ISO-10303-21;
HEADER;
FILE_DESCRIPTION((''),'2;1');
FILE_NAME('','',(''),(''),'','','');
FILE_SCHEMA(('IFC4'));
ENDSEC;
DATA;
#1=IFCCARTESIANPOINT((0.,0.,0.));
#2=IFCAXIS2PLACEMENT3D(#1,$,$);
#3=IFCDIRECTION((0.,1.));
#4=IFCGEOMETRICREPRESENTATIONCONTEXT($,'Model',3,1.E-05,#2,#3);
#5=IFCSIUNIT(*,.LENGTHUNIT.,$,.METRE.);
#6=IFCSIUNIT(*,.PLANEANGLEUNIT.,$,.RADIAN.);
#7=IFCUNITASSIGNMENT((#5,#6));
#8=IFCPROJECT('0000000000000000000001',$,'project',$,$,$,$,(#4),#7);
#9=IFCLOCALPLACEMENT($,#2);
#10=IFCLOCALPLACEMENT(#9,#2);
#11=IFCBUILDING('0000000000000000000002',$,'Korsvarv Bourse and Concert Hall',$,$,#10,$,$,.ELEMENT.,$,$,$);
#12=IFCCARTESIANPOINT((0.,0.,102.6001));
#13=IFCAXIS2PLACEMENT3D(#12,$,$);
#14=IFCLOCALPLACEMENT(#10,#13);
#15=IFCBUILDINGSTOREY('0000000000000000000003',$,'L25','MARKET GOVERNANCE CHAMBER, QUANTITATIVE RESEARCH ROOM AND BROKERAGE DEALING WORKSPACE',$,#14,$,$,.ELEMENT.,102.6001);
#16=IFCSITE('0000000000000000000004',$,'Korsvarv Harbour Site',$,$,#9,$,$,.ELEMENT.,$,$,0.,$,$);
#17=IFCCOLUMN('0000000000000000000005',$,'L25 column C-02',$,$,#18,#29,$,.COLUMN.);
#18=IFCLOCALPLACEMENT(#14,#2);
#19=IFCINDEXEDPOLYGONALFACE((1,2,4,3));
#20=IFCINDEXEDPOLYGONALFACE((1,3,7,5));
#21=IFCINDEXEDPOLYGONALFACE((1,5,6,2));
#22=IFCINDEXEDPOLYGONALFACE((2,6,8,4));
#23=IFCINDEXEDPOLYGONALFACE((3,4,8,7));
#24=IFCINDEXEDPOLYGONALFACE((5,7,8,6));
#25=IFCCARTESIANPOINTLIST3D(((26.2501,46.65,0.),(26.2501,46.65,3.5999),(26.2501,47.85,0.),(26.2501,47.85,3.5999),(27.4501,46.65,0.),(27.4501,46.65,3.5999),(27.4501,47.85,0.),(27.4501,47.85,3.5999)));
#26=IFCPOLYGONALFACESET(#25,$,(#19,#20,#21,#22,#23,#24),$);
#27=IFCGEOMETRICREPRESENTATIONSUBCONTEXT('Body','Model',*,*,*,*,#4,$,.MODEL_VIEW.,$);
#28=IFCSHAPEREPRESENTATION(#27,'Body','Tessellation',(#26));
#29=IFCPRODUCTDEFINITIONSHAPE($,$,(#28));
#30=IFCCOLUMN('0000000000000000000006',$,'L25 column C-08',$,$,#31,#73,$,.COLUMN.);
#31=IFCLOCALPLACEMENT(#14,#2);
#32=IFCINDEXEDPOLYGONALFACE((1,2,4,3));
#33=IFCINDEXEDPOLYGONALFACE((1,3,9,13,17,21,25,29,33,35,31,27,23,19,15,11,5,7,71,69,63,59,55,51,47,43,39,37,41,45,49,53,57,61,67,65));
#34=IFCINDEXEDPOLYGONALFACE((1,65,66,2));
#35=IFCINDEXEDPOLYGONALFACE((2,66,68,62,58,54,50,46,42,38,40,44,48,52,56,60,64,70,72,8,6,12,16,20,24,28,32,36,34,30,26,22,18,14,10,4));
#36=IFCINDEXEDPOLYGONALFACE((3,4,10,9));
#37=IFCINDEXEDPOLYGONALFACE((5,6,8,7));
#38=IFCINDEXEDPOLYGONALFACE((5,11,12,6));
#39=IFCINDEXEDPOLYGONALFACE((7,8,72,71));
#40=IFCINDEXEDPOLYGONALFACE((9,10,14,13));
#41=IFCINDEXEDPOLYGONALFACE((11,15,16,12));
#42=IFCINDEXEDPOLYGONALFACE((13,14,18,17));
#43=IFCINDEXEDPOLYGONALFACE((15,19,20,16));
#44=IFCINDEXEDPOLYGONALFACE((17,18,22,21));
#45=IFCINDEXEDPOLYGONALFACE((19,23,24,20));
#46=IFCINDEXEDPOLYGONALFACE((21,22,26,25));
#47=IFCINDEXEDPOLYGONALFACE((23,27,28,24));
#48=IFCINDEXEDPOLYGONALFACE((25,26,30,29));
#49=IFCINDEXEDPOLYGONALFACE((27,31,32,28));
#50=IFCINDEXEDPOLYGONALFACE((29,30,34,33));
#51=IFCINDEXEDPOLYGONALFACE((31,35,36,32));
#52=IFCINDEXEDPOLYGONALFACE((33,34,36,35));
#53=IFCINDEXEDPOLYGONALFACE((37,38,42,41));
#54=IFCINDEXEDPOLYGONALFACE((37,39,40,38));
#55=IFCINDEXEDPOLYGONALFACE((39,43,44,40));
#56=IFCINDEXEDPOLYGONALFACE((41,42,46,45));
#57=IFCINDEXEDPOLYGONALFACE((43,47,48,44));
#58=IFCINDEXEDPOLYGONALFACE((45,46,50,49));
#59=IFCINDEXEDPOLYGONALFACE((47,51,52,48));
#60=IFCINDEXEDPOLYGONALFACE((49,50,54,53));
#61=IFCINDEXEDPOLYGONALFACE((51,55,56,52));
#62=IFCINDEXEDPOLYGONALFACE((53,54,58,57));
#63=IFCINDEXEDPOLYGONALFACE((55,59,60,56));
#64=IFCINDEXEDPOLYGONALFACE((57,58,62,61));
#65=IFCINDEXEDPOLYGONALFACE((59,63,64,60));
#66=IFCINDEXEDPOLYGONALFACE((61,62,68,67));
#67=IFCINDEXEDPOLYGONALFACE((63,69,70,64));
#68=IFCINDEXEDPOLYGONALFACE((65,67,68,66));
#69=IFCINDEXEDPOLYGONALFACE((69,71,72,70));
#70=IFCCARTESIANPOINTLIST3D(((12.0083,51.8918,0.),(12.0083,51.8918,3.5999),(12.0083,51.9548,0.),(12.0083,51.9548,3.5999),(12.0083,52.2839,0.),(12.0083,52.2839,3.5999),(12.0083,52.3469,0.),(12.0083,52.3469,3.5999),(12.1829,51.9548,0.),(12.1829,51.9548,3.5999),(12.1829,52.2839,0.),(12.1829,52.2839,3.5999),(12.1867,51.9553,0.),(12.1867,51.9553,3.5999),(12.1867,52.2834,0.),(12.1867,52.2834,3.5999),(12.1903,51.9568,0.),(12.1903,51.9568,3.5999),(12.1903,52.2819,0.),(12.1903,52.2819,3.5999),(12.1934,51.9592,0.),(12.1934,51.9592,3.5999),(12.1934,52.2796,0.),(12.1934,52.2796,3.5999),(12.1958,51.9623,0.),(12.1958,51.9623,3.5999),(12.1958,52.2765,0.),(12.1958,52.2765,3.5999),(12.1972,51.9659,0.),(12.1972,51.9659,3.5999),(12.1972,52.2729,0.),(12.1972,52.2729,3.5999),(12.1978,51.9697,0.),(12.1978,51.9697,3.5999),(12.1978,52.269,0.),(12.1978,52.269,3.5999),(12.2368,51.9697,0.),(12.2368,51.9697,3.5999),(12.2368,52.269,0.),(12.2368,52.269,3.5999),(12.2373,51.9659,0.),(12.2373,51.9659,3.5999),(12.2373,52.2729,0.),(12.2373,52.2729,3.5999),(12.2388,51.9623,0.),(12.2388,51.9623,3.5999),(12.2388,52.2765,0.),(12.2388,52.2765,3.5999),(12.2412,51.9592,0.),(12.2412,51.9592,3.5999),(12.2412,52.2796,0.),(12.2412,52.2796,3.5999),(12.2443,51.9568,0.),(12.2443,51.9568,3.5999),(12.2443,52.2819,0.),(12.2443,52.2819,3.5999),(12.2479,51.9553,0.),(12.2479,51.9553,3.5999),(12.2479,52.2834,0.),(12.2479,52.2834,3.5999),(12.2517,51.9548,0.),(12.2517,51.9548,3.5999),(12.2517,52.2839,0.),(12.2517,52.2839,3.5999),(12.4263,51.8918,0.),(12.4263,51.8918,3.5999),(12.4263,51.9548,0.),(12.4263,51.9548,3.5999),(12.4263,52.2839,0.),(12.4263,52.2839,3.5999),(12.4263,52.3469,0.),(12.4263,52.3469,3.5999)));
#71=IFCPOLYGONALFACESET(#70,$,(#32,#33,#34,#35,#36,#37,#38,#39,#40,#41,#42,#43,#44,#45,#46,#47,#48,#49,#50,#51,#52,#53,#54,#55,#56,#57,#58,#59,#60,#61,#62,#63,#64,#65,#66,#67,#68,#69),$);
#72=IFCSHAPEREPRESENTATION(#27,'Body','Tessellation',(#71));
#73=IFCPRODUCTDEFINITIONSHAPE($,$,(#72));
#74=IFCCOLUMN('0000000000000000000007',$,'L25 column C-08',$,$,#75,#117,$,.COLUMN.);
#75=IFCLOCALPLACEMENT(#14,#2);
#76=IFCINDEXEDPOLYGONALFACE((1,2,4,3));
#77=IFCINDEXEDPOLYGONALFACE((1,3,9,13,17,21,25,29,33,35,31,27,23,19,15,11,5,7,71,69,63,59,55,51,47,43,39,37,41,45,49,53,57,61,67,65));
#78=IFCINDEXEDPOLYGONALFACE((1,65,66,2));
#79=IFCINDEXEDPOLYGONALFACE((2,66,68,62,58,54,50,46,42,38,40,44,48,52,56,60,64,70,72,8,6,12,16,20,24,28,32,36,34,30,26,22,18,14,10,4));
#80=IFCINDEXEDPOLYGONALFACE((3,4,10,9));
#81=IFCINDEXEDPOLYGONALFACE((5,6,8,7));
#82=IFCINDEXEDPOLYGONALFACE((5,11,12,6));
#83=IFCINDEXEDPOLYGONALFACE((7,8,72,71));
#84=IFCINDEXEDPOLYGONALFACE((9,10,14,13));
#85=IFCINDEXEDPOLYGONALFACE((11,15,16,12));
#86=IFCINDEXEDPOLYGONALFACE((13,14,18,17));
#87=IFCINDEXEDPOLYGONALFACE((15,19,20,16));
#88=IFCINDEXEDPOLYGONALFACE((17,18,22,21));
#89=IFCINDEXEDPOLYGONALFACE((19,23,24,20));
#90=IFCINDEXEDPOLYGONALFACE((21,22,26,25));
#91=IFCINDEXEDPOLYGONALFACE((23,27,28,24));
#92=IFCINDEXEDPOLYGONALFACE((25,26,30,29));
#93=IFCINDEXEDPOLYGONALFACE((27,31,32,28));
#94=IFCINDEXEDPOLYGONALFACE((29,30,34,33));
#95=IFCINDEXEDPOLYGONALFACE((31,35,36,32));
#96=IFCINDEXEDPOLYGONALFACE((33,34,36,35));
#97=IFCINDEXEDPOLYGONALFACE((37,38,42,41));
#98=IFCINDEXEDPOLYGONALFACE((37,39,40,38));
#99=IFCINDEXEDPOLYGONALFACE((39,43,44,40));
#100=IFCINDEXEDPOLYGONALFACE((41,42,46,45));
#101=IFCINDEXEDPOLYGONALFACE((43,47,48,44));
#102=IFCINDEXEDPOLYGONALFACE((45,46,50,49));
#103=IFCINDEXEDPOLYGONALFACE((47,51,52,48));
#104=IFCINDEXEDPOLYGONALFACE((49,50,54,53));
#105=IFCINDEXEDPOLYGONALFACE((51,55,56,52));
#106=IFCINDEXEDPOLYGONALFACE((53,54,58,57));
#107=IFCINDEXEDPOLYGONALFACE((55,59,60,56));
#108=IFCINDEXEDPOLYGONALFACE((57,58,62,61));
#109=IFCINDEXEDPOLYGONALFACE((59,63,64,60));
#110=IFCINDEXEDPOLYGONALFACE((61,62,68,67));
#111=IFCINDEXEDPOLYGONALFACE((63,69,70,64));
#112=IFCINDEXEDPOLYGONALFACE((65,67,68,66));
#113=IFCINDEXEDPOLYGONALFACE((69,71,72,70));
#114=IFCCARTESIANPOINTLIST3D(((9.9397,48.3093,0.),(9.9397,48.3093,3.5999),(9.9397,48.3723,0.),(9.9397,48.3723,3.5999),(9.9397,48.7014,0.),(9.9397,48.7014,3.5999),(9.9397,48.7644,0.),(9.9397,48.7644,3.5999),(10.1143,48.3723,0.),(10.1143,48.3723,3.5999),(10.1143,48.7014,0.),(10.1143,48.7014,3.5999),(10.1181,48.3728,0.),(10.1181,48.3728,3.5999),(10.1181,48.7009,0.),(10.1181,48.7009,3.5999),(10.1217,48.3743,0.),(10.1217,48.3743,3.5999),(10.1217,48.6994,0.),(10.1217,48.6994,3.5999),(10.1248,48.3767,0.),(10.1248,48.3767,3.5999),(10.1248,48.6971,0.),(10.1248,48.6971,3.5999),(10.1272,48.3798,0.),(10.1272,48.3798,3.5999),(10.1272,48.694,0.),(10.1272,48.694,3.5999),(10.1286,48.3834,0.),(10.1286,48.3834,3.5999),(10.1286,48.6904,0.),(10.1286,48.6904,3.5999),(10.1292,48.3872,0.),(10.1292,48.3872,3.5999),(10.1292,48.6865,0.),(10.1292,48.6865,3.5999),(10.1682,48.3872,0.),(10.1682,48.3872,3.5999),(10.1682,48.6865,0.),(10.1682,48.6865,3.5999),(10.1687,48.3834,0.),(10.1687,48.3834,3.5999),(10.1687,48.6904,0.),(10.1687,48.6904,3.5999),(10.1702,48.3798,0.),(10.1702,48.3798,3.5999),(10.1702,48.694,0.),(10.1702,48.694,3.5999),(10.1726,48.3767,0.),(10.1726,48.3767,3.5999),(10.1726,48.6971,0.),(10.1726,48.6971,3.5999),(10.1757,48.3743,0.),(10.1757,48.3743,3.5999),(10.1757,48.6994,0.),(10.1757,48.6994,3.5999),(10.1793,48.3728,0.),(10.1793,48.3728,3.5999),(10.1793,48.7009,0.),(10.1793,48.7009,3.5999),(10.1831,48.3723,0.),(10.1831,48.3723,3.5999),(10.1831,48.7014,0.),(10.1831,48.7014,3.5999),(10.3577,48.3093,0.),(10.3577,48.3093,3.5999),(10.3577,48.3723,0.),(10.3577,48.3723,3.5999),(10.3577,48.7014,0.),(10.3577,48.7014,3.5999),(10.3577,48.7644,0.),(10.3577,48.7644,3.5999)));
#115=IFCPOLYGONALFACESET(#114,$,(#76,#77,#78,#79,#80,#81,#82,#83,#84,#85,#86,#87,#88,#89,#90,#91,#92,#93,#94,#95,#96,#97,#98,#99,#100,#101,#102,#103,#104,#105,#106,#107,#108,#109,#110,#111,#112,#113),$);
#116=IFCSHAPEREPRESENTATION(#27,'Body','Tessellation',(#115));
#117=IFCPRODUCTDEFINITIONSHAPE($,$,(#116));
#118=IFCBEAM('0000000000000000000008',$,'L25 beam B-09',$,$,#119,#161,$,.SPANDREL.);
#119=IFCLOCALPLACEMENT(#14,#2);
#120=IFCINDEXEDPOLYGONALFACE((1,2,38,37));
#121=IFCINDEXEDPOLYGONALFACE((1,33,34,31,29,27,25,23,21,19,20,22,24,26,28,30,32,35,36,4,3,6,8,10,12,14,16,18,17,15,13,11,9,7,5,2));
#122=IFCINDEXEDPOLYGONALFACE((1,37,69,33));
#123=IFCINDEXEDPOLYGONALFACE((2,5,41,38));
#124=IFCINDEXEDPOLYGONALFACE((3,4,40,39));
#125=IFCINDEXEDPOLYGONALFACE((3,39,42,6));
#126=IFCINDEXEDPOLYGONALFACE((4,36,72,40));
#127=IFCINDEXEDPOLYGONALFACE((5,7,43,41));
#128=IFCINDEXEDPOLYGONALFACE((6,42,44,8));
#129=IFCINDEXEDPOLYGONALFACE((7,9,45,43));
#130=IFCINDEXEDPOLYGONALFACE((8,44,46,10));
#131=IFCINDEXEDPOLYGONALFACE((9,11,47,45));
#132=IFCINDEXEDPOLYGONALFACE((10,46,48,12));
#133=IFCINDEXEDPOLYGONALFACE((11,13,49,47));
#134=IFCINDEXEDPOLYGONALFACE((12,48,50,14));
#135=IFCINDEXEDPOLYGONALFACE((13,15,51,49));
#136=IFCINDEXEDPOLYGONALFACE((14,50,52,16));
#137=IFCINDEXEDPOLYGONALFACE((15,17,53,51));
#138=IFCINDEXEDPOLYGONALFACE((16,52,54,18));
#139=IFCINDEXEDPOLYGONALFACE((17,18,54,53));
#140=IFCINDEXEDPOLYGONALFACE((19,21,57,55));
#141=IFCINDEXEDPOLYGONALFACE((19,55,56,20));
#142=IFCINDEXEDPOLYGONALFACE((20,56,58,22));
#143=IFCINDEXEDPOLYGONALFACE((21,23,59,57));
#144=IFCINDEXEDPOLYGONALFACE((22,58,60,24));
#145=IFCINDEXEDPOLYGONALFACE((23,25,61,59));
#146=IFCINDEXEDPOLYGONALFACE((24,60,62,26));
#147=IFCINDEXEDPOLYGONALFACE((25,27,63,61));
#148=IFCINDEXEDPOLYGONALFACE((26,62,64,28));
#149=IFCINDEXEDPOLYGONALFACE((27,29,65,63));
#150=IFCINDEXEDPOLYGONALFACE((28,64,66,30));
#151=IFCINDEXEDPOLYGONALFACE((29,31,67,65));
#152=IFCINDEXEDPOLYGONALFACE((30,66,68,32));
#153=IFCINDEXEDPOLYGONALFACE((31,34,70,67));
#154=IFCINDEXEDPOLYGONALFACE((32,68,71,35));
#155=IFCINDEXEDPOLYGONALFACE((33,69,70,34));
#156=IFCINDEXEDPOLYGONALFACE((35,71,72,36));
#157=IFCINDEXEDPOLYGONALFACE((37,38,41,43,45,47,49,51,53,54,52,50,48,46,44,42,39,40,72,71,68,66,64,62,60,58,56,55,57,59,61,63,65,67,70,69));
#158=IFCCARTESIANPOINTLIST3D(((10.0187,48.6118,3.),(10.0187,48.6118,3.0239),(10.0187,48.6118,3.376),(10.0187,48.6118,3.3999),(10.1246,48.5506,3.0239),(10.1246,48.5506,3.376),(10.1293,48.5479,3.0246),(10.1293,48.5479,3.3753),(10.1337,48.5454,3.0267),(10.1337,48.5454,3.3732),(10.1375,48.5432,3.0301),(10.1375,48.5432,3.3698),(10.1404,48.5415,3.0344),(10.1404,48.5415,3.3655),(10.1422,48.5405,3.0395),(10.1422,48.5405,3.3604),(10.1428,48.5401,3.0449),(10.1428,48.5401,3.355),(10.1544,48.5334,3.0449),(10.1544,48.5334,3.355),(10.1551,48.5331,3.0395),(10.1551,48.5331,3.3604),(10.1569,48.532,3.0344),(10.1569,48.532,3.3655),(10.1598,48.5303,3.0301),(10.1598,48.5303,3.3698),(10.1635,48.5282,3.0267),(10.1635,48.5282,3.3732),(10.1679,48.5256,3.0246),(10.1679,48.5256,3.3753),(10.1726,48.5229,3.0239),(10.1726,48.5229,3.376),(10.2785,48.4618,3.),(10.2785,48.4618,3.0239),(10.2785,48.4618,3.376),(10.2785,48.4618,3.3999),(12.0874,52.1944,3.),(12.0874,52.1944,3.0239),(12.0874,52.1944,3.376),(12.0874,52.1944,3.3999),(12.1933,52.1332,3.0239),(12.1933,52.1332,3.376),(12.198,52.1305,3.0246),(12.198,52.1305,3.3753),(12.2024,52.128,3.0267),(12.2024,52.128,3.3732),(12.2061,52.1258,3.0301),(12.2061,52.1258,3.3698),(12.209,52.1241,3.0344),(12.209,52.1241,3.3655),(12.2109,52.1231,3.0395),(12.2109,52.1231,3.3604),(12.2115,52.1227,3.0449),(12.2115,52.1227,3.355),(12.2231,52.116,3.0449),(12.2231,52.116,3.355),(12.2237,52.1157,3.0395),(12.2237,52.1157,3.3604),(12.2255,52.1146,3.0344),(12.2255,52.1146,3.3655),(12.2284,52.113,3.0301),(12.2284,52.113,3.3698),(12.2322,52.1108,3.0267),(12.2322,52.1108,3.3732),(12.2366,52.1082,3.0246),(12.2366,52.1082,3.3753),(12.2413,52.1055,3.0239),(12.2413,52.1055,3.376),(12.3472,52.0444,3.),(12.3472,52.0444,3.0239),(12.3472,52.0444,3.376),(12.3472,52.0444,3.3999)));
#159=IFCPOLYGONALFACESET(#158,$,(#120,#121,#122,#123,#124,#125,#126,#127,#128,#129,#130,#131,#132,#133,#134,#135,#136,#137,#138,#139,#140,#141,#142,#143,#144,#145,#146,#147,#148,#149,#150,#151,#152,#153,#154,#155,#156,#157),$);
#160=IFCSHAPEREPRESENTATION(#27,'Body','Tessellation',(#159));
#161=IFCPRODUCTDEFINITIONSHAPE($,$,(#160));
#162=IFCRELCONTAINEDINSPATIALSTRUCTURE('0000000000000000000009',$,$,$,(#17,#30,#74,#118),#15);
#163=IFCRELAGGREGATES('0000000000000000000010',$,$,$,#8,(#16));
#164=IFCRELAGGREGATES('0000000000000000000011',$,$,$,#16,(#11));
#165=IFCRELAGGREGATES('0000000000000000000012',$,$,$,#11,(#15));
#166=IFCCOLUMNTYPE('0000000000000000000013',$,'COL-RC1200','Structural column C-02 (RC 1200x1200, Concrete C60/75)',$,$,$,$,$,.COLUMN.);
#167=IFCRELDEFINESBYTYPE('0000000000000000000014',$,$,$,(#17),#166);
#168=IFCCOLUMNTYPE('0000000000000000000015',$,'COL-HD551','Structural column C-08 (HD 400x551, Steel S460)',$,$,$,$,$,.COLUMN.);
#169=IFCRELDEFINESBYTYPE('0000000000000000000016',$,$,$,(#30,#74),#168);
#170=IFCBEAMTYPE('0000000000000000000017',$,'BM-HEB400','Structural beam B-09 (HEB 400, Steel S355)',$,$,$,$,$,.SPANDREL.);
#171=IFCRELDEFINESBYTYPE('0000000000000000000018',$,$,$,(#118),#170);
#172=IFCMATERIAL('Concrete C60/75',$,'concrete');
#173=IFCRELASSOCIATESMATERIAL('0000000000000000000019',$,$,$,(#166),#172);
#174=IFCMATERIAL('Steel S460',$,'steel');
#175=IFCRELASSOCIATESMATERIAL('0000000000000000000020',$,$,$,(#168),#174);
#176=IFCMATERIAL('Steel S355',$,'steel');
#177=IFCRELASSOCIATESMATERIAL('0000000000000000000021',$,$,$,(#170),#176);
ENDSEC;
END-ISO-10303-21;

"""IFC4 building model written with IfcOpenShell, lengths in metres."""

from ifc_helpers import new_model, si_unit, direction, frame, origin, origin_2d, place, context, subcontext, project, spatial, rectangle, i_section, extrude, source, transform, mapped, material, material_profile, profile_set, type_object, element, save


model = new_model("IFC4")

# Units and contexts
model_context = context("Model", 3, precision=1e-05, world=origin(), true_north=direction((0.0, 1.0)))
body_context = subcontext(model_context, "Body", "Model", "MODEL_VIEW")
ifc_project = project(units=[si_unit("LENGTHUNIT", "METRE"), si_unit("PLANEANGLEUNIT", "RADIAN")], contexts=[model_context])

# Site, building, storey
site_placement = place(None, origin())
site = spatial("IfcSite", under=ifc_project, at=site_placement, Name="Korsvarv Harbour Site", CompositionType="ELEMENT", RefElevation=0.0)
building_placement = place(site_placement, origin())
building = spatial("IfcBuilding", under=site, at=building_placement, Name="Korsvarv Bourse and Concert Hall", CompositionType="ELEMENT")
storey_placement = place(building_placement, frame((0.0, 0.0, 102.6001)))
storey = spatial("IfcBuildingStorey", under=building, at=storey_placement, Name="L25", Description="MARKET GOVERNANCE CHAMBER, QUANTITATIVE RESEARCH ROOM AND BROKERAGE DEALING WORKSPACE", CompositionType="ELEMENT", Elevation=102.6001)

# Columns
ifc_material_1 = material(Name="Concrete C60/75", Category="concrete")
ifc_material_profile_1 = material_profile(ifc_material_1, rectangle(XDim=1.2, YDim=1.2, at=origin_2d()), Name="RC 1200x1200")
ifc_profile_set_1 = profile_set([ifc_material_profile_1], Name="Concrete C60/75")
column_type_1 = type_object("IfcColumnType", Name="COL-RC1200", Description="Structural column C-02 (RC 1200x1200, Concrete C60/75)", PredefinedType="COLUMN", material=ifc_profile_set_1)
shared_shape_1 = source(origin(), body_context, "Body", "SweptSolid", [
    extrude(rectangle(XDim=1.2, YDim=1.2, at=origin_2d()), origin(), (0.0, 0.0, 1.0), 3.5999),
])
column_placement = place(storey_placement, frame((26.8501, 47.25, 0.0), z_axis=(0.0, 0.0, 1.0), x_axis=(1.0, 0.0, 0.0)))
element("IfcColumn", 1, at=column_placement, inside=storey, type_object=column_type_1, Name="L25 column C-02", PredefinedType="COLUMN", context=body_context, shape_type="MappedRepresentation", body=[
    mapped(shared_shape_1, transform((0.0, 0.0, 0.0), scale=1.0)),
])
ifc_material_2 = material(Name="Steel S460", Category="steel")
ifc_material_profile_2 = material_profile(ifc_material_2, i_section(OverallWidth=0.418, OverallDepth=0.4551, WebThickness=0.0391, FlangeThickness=0.063, FilletRadius=0.0149, at=origin_2d()), Name="HD 400x551")
ifc_profile_set_2 = profile_set([ifc_material_profile_2], Name="Steel S460")
column_type_2 = type_object("IfcColumnType", Name="COL-HD551", Description="Structural column C-08 (HD 400x551, Steel S460)", PredefinedType="COLUMN", material=ifc_profile_set_2)
shared_shape_2 = source(origin(), body_context, "Body", "SweptSolid", [
    extrude(i_section(OverallWidth=0.418, OverallDepth=0.4551, WebThickness=0.0391, FlangeThickness=0.063, FilletRadius=0.0149, at=origin_2d()), origin(), (0.0, 0.0, 1.0), 3.5999),
])
for number, where, z_axis, x_axis, name in (
    (2, (12.2173, 52.1194, 0.0), (0.0, 0.0, 1.0), (1.0, 0.0, 0.0), "L25 column C-08"),
    (3, (10.1487, 48.5369, 0.0), (0.0, 0.0, 1.0), (1.0, 0.0, 0.0), "L25 column C-08"),
):
    element("IfcColumn", number, at=place(storey_placement, frame(where, z_axis=z_axis, x_axis=x_axis)), inside=storey, type_object=column_type_2, Name=name, PredefinedType="COLUMN", context=body_context, shape_type="MappedRepresentation", body=[
        mapped(shared_shape_2, transform((0.0, 0.0, 0.0), scale=1.0)),
    ])

# Beam
ifc_material_3 = material(Name="Steel S355", Category="steel")
ifc_material_profile_3 = material_profile(ifc_material_3, i_section(OverallWidth=0.3, OverallDepth=0.3999, WebThickness=0.0134, FlangeThickness=0.0239, FilletRadius=0.021, at=origin_2d()), Name="HEB 400")
ifc_profile_set_3 = profile_set([ifc_material_profile_3], Name="Steel S355")
beam_type_1 = type_object("IfcBeamType", Name="BM-HEB400", Description="Structural beam B-09 (HEB 400, Steel S355)", PredefinedType="SPANDREL", material=ifc_profile_set_3)
shared_shape_3 = source(origin(), body_context, "Body", "SweptSolid", [
    extrude(i_section(OverallWidth=0.3, OverallDepth=0.3999, WebThickness=0.0134, FlangeThickness=0.0239, FilletRadius=0.021, at=origin_2d()), origin(), (0.0, 0.0, 1.0), 4.137),
])
beam_1_placement = place(storey_placement, frame((12.2173, 52.1194, 3.2), z_axis=(-0.500043, -0.866001, 0.0), x_axis=(0.866001, -0.500043, 0.0)))
element("IfcBeam", 4, at=beam_1_placement, inside=storey, type_object=beam_type_1, Name="L25 beam B-09", PredefinedType="SPANDREL", context=body_context, shape_type="MappedRepresentation", body=[
    mapped(shared_shape_3, transform((0.0, 0.0, 0.0), scale=1.0)),
])

save(model, "model.ifc")
